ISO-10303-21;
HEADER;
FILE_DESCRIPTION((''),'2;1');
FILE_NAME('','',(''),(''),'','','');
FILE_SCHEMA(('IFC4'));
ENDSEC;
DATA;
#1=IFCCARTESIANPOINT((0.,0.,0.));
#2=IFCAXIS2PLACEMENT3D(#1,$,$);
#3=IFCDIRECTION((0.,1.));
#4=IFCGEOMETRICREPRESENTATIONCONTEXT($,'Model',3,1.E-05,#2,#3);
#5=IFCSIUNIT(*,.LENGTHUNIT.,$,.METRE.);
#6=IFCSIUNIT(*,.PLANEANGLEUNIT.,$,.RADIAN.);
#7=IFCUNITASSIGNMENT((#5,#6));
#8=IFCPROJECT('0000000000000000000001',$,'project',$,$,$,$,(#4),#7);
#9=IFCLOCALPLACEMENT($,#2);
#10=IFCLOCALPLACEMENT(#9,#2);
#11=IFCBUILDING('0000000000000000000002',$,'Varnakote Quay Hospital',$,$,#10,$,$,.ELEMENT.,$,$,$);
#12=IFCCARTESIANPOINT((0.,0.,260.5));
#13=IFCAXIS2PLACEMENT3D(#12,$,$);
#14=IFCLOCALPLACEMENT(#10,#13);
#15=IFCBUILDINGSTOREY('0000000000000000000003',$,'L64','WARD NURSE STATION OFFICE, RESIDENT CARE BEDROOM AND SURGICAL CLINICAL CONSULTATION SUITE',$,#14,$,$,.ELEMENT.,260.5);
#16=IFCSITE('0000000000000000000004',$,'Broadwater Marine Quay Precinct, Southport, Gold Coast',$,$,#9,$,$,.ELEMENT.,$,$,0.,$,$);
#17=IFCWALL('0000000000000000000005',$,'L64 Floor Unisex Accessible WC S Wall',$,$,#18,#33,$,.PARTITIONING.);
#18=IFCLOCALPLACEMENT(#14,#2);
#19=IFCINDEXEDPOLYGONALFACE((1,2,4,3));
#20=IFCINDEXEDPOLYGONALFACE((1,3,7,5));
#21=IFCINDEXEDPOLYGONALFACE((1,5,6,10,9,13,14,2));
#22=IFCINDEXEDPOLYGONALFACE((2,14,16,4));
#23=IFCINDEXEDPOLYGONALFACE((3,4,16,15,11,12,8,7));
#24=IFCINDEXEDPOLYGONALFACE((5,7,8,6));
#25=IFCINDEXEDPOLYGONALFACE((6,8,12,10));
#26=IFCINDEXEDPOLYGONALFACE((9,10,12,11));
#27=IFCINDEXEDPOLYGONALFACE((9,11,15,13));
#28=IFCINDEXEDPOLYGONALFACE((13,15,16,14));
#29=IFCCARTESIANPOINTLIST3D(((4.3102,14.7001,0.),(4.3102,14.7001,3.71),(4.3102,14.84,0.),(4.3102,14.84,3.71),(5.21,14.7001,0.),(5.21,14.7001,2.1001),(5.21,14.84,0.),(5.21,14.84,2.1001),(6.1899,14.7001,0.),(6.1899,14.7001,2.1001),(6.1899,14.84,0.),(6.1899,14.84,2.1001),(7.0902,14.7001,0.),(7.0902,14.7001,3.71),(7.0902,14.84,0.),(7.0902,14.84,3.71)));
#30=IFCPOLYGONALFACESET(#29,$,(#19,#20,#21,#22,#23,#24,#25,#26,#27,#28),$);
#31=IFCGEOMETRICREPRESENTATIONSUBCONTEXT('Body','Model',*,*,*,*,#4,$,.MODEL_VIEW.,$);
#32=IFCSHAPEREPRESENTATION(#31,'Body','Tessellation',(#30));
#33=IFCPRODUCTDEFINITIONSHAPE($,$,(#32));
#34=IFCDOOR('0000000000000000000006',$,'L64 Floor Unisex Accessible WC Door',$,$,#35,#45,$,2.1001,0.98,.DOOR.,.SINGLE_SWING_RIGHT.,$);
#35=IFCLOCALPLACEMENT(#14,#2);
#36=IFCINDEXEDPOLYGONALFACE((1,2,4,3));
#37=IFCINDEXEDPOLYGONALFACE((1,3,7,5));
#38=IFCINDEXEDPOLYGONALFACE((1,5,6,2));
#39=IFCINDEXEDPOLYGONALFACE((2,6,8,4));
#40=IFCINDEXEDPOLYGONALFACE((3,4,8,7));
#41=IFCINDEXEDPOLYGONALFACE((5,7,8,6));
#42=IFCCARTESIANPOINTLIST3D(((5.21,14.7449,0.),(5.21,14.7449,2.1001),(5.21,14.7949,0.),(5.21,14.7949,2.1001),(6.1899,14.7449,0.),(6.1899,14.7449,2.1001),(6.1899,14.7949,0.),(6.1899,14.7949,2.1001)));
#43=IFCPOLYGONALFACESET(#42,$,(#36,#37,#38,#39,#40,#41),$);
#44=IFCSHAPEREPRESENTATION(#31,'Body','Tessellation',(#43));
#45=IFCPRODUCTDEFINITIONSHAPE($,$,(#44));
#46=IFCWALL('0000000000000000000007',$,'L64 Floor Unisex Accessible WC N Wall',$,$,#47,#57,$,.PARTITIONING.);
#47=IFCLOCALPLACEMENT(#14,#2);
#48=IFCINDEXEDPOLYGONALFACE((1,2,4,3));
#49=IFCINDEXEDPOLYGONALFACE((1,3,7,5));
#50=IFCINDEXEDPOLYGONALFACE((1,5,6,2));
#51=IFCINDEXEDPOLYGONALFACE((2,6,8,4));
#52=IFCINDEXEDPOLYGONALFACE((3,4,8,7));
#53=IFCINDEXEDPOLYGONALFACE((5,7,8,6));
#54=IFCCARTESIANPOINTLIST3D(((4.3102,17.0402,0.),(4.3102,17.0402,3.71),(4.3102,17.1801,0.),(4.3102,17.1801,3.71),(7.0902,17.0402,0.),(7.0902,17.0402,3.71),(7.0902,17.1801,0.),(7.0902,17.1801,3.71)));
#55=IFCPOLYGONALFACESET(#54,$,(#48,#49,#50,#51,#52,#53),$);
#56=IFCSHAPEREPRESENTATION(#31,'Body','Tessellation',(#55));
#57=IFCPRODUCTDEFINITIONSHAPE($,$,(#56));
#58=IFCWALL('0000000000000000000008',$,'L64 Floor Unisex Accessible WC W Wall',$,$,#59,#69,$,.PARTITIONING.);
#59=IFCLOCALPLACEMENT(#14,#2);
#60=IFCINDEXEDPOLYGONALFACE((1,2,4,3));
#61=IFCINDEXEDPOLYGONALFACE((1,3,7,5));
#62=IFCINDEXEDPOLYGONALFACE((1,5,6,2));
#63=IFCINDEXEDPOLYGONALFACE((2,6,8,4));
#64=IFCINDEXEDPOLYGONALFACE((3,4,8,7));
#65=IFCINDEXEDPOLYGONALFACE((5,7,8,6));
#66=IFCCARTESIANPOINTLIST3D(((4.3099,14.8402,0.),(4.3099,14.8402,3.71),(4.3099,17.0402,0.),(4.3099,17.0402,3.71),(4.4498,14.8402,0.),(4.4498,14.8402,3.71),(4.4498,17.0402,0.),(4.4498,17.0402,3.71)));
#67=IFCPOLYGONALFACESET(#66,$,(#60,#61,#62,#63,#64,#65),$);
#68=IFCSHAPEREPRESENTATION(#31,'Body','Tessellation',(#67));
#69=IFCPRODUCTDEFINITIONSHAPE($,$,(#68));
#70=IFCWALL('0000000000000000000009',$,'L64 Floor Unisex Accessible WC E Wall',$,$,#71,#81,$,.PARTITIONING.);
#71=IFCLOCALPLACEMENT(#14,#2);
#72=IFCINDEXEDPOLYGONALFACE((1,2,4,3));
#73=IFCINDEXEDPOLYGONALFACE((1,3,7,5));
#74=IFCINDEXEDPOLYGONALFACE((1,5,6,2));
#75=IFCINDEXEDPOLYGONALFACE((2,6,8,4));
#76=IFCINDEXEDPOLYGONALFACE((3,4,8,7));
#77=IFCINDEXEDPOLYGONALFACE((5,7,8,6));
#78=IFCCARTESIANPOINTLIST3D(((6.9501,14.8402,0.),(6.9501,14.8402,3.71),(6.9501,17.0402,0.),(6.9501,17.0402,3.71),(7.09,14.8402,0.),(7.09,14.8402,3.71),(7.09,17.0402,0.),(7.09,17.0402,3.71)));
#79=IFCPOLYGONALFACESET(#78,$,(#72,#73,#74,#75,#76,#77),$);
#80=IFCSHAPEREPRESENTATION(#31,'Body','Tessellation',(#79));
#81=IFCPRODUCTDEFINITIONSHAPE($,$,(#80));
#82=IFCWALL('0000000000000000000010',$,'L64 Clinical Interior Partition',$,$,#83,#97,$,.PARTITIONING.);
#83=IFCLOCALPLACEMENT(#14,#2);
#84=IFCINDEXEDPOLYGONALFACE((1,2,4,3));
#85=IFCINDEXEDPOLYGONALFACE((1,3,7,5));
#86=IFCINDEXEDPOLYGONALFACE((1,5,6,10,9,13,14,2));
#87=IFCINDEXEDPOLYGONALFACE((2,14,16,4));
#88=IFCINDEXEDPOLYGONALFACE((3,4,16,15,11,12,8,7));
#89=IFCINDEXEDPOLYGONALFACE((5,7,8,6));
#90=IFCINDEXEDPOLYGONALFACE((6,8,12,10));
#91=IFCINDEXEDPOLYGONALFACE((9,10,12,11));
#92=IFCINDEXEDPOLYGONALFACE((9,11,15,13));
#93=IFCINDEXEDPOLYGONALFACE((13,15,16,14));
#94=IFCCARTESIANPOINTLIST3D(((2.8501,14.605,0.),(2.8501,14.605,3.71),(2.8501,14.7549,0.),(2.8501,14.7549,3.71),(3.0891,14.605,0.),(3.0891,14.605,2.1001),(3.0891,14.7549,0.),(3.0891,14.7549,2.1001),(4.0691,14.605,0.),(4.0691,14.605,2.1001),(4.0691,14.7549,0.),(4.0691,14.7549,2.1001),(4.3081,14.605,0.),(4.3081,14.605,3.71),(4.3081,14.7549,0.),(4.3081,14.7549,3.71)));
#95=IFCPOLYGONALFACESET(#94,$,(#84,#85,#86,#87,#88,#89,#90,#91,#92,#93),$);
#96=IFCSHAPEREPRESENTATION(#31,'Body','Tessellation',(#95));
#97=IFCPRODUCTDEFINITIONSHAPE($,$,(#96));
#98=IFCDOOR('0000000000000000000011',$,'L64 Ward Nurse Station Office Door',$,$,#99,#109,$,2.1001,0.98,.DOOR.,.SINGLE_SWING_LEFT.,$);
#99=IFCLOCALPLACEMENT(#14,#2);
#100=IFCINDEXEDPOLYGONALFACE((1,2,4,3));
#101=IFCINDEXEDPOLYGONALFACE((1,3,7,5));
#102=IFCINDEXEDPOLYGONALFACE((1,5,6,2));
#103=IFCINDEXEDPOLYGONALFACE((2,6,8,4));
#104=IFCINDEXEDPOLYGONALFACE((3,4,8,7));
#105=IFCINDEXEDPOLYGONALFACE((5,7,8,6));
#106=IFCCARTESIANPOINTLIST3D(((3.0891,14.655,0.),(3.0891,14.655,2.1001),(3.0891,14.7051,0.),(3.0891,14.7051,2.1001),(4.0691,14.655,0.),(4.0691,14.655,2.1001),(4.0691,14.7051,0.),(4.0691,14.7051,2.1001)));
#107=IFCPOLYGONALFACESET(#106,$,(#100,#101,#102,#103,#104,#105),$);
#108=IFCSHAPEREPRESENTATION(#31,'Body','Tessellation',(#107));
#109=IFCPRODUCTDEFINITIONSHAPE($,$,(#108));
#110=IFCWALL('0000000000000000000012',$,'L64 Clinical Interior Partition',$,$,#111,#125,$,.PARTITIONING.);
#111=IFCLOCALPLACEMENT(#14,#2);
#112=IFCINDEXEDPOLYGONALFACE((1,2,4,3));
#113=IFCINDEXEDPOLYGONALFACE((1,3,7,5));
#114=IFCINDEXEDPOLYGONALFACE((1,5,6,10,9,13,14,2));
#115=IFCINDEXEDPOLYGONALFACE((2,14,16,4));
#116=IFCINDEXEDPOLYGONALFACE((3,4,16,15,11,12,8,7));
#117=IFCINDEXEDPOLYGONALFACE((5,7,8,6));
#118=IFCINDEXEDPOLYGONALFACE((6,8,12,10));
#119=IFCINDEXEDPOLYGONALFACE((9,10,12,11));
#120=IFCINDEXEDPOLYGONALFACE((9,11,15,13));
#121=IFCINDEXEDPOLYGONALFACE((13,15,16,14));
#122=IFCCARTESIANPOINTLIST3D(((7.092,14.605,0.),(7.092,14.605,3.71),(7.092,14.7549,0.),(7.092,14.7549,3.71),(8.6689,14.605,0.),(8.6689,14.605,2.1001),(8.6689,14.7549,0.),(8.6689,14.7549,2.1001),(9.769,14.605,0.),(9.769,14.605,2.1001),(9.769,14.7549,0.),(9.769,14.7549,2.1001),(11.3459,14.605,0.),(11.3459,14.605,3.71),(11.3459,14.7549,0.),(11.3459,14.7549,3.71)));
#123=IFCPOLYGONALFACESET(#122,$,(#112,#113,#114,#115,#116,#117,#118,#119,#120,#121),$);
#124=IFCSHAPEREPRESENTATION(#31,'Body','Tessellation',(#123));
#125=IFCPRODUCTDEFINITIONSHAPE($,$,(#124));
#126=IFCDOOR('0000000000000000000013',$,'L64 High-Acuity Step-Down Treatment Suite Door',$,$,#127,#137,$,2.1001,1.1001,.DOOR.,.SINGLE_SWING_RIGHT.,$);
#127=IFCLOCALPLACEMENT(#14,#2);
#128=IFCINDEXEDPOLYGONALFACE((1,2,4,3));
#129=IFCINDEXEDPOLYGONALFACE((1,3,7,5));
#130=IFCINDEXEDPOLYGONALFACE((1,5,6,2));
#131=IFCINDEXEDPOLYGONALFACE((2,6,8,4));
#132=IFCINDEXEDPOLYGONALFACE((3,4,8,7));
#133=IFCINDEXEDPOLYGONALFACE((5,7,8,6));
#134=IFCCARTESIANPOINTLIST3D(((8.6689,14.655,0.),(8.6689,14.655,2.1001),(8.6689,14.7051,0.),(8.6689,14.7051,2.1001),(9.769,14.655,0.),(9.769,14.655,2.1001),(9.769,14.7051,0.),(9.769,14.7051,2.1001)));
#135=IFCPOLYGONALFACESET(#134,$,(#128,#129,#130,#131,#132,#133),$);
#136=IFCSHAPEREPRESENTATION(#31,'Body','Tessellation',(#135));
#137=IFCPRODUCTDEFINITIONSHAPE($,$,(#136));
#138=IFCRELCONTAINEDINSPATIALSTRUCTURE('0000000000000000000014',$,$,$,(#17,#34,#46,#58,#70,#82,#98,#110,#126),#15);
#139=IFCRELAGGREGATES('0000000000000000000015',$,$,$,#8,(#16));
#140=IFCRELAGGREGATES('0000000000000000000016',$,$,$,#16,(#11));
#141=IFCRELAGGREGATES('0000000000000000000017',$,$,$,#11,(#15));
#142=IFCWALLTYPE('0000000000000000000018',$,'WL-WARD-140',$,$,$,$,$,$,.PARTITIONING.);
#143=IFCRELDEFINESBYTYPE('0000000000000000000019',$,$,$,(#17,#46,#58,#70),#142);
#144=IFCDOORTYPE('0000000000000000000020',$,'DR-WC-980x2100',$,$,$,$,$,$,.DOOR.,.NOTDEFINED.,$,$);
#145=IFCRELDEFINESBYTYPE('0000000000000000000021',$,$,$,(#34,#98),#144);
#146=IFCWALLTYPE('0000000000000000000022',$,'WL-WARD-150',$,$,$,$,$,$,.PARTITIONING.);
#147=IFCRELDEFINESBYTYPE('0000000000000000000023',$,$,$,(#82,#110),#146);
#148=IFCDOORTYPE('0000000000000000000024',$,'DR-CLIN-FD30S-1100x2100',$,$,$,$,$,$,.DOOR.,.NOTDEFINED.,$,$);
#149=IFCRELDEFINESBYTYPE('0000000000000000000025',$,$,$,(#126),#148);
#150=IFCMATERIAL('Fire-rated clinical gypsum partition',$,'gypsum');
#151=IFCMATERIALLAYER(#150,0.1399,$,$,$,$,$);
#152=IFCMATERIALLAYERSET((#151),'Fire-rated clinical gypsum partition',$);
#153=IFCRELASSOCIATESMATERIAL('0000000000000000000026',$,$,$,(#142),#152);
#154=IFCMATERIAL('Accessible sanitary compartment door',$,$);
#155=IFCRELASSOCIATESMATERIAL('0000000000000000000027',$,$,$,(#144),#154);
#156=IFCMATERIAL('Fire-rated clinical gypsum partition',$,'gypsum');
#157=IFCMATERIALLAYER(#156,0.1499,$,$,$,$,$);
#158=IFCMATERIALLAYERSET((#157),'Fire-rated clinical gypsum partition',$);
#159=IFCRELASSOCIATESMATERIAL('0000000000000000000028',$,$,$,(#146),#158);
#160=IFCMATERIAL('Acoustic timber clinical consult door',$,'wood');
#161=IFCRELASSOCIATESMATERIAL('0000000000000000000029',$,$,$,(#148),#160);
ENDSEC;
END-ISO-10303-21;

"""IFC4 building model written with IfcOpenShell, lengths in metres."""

from ifc_helpers import new_model, si_unit, direction, frame, frame_2d, origin, place, context, subcontext, project, spatial, rectangle, extrude, material, layer, layer_set, type_object, element, fill, save


model = new_model("IFC4")

# Units and contexts
model_context = context("Model", 3, precision=1e-05, world=origin(), true_north=direction((0.0, 1.0)))
body_context = subcontext(model_context, "Body", "Model", "MODEL_VIEW")
ifc_project = project(units=[si_unit("LENGTHUNIT", "METRE"), si_unit("PLANEANGLEUNIT", "RADIAN")], contexts=[model_context])

# Site, building, storey
site_placement = place(None, origin())
site = spatial("IfcSite", under=ifc_project, at=site_placement, Name="Broadwater Marine Quay Precinct, Southport, Gold Coast", CompositionType="ELEMENT", RefElevation=0.0)
building_placement = place(site_placement, origin())
building = spatial("IfcBuilding", under=site, at=building_placement, Name="Varnakote Quay Hospital", CompositionType="ELEMENT")
storey_placement = place(building_placement, frame((0.0, 0.0, 260.5)))
storey = spatial("IfcBuildingStorey", under=building, at=storey_placement, Name="L64", Description="WARD NURSE STATION OFFICE, RESIDENT CARE BEDROOM AND SURGICAL CLINICAL CONSULTATION SUITE", CompositionType="ELEMENT", Elevation=260.5)

# Wall, opening, door
ifc_material_1 = material(Name="Fire-rated clinical gypsum partition", Category="gypsum")
ifc_layer_1 = layer(ifc_material_1, 0.1399)
ifc_layer_set_1 = layer_set([ifc_layer_1], Name="Fire-rated clinical gypsum partition")
wall_type_1 = type_object("IfcWallType", Name="WL-WARD-140", PredefinedType="PARTITIONING", material=ifc_layer_set_1)
wall_1_placement = place(storey_placement, frame((4.3101, 14.77, 0.0), z_axis=(0.0, 0.0, 1.0), x_axis=(1.0, 0.0, 0.0)))
wall_1 = element("IfcWall", 1, at=wall_1_placement, inside=storey, type_object=wall_type_1, Name="L64 Floor Unisex Accessible WC S Wall", PredefinedType="PARTITIONING", context=body_context, shape_type="SweptSolid", body=[
    extrude(rectangle(XDim=2.78, YDim=0.1399, at=frame_2d((1.3901, 0.0))), origin(), (0.0, 0.0, 1.0), 3.71),
])
opening_1_placement = place(wall_1_placement, frame((0.8999, 0.0, 0.0)))
opening_1 = element("IfcOpeningElement", 2, at=opening_1_placement, cuts=wall_1, PredefinedType="OPENING", context=body_context, shape_type="SweptSolid", body=[
    extrude(rectangle(XDim=0.98, YDim=2.1001, at=frame_2d((0.49, 1.05))), frame((0.0, 0.0798, 0.0), z_axis=(0.0, -1.0, 0.0), x_axis=(1.0, 0.0, 0.0)), (0.0, 0.0, 1.0), 0.1599),
])
ifc_material_2 = material(Name="Accessible sanitary compartment door")
door_type_1 = type_object("IfcDoorType", Name="DR-WC-980x2100", OperationType="NOTDEFINED", PredefinedType="DOOR", material=ifc_material_2)
door_1_placement = place(opening_1_placement, origin())
door_1 = element("IfcDoor", 3, at=door_1_placement, inside=storey, type_object=door_type_1, Name="L64 Floor Unisex Accessible WC Door", OperationType="SINGLE_SWING_RIGHT", OverallHeight=2.1001, OverallWidth=0.98, PredefinedType="DOOR", context=body_context, shape_type="SweptSolid", body=[
    extrude(rectangle(XDim=0.98, YDim=2.1001, at=frame_2d((0.49, 1.05))), frame((0.0, 0.0249, 0.0), z_axis=(0.0, -1.0, 0.0), x_axis=(1.0, 0.0, 0.0)), (0.0, 0.0, 1.0), 0.05),
])
fill(opening_1, door_1)

# Walls
wall_2_placement = place(storey_placement, frame((4.3101, 17.1101, 0.0), z_axis=(0.0, 0.0, 1.0), x_axis=(1.0, 0.0, 0.0)))
element("IfcWall", 4, at=wall_2_placement, inside=storey, type_object=wall_type_1, Name="L64 Floor Unisex Accessible WC N Wall", PredefinedType="PARTITIONING", context=body_context, shape_type="SweptSolid", body=[
    extrude(rectangle(XDim=2.78, YDim=0.1399, at=frame_2d((1.3901, 0.0))), origin(), (0.0, 0.0, 1.0), 3.71),
])
for number, where, z_axis, x_axis, name in (
    (5, (4.3799, 14.8401, 0.0), (0.0, 0.0, 1.0), (0.0, 1.0, 0.0), "L64 Floor Unisex Accessible WC W Wall"),
    (6, (7.02, 14.8401, 0.0), (0.0, 0.0, 1.0), (0.0, 1.0, 0.0), "L64 Floor Unisex Accessible WC E Wall"),
):
    element("IfcWall", number, at=place(storey_placement, frame(where, z_axis=z_axis, x_axis=x_axis)), inside=storey, type_object=wall_type_1, Name=name, PredefinedType="PARTITIONING", context=body_context, shape_type="SweptSolid", body=[
        extrude(rectangle(XDim=2.2, YDim=0.1399, at=frame_2d((1.1001, 0.0))), origin(), (0.0, 0.0, 1.0), 3.71),
    ])

# Walls, openings, doors
ifc_material_3 = material(Name="Fire-rated clinical gypsum partition", Category="gypsum")
ifc_layer_2 = layer(ifc_material_3, 0.1499)
ifc_layer_set_2 = layer_set([ifc_layer_2], Name="Fire-rated clinical gypsum partition")
wall_type_2 = type_object("IfcWallType", Name="WL-WARD-150", PredefinedType="PARTITIONING", material=ifc_layer_set_2)
wall_3_placement = place(storey_placement, frame((4.3081, 14.6799, 0.0), z_axis=(0.0, 0.0, 1.0), x_axis=(-1.0, 0.0, 0.0)))
wall_3 = element("IfcWall", 7, at=wall_3_placement, inside=storey, type_object=wall_type_2, Name="L64 Clinical Interior Partition", PredefinedType="PARTITIONING", context=body_context, shape_type="SweptSolid", body=[
    extrude(rectangle(XDim=1.458, YDim=0.1499, at=frame_2d((0.729, 0.0))), origin(), (0.0, 0.0, 1.0), 3.71),
])
opening_2_placement = place(wall_3_placement, frame((0.239, 0.0, 0.0)))
opening_2 = element("IfcOpeningElement", 8, at=opening_2_placement, cuts=wall_3, PredefinedType="OPENING", context=body_context, shape_type="SweptSolid", body=[
    extrude(rectangle(XDim=0.98, YDim=2.1001, at=frame_2d((0.49, 1.05))), frame((0.0, 0.085, 0.0), z_axis=(0.0, -1.0, 0.0), x_axis=(1.0, 0.0, 0.0)), (0.0, 0.0, 1.0), 0.1699),
])
door_2_placement = place(opening_2_placement, origin())
door_2 = element("IfcDoor", 9, at=door_2_placement, inside=storey, type_object=door_type_1, Name="L64 Ward Nurse Station Office Door", OperationType="SINGLE_SWING_LEFT", OverallHeight=2.1001, OverallWidth=0.98, PredefinedType="DOOR", context=body_context, shape_type="SweptSolid", body=[
    extrude(rectangle(XDim=0.98, YDim=2.1001, at=frame_2d((0.49, 1.05))), frame((0.0, 0.0249, 0.0), z_axis=(0.0, -1.0, 0.0), x_axis=(1.0, 0.0, 0.0)), (0.0, 0.0, 1.0), 0.05),
])
fill(opening_2, door_2)
wall_4_placement = place(storey_placement, frame((11.3459, 14.6799, 0.0), z_axis=(0.0, 0.0, 1.0), x_axis=(-1.0, 0.0, 0.0)))
wall_4 = element("IfcWall", 10, at=wall_4_placement, inside=storey, type_object=wall_type_2, Name="L64 Clinical Interior Partition", PredefinedType="PARTITIONING", context=body_context, shape_type="SweptSolid", body=[
    extrude(rectangle(XDim=4.2539, YDim=0.1499, at=frame_2d((2.127, 0.0))), origin(), (0.0, 0.0, 1.0), 3.71),
])
opening_3_placement = place(wall_4_placement, frame((1.5769, 0.0, 0.0)))
opening_3 = element("IfcOpeningElement", 11, at=opening_3_placement, cuts=wall_4, PredefinedType="OPENING", context=body_context, shape_type="SweptSolid", body=[
    extrude(rectangle(XDim=1.1001, YDim=2.1001, at=frame_2d((0.55, 1.05))), frame((0.0, 0.085, 0.0), z_axis=(0.0, -1.0, 0.0), x_axis=(1.0, 0.0, 0.0)), (0.0, 0.0, 1.0), 0.1699),
])
ifc_material_4 = material(Name="Acoustic timber clinical consult door", Category="wood")
door_type_2 = type_object("IfcDoorType", Name="DR-CLIN-FD30S-1100x2100", OperationType="NOTDEFINED", PredefinedType="DOOR", material=ifc_material_4)
door_3_placement = place(opening_3_placement, origin())
door_3 = element("IfcDoor", 12, at=door_3_placement, inside=storey, type_object=door_type_2, Name="L64 High-Acuity Step-Down Treatment Suite Door", OperationType="SINGLE_SWING_RIGHT", OverallHeight=2.1001, OverallWidth=1.1001, PredefinedType="DOOR", context=body_context, shape_type="SweptSolid", body=[
    extrude(rectangle(XDim=1.1001, YDim=2.1001, at=frame_2d((0.55, 1.05))), frame((0.0, 0.0249, 0.0), z_axis=(0.0, -1.0, 0.0), x_axis=(1.0, 0.0, 0.0)), (0.0, 0.0, 1.0), 0.05),
])
fill(opening_3, door_3)

save(model, "model.ifc")
